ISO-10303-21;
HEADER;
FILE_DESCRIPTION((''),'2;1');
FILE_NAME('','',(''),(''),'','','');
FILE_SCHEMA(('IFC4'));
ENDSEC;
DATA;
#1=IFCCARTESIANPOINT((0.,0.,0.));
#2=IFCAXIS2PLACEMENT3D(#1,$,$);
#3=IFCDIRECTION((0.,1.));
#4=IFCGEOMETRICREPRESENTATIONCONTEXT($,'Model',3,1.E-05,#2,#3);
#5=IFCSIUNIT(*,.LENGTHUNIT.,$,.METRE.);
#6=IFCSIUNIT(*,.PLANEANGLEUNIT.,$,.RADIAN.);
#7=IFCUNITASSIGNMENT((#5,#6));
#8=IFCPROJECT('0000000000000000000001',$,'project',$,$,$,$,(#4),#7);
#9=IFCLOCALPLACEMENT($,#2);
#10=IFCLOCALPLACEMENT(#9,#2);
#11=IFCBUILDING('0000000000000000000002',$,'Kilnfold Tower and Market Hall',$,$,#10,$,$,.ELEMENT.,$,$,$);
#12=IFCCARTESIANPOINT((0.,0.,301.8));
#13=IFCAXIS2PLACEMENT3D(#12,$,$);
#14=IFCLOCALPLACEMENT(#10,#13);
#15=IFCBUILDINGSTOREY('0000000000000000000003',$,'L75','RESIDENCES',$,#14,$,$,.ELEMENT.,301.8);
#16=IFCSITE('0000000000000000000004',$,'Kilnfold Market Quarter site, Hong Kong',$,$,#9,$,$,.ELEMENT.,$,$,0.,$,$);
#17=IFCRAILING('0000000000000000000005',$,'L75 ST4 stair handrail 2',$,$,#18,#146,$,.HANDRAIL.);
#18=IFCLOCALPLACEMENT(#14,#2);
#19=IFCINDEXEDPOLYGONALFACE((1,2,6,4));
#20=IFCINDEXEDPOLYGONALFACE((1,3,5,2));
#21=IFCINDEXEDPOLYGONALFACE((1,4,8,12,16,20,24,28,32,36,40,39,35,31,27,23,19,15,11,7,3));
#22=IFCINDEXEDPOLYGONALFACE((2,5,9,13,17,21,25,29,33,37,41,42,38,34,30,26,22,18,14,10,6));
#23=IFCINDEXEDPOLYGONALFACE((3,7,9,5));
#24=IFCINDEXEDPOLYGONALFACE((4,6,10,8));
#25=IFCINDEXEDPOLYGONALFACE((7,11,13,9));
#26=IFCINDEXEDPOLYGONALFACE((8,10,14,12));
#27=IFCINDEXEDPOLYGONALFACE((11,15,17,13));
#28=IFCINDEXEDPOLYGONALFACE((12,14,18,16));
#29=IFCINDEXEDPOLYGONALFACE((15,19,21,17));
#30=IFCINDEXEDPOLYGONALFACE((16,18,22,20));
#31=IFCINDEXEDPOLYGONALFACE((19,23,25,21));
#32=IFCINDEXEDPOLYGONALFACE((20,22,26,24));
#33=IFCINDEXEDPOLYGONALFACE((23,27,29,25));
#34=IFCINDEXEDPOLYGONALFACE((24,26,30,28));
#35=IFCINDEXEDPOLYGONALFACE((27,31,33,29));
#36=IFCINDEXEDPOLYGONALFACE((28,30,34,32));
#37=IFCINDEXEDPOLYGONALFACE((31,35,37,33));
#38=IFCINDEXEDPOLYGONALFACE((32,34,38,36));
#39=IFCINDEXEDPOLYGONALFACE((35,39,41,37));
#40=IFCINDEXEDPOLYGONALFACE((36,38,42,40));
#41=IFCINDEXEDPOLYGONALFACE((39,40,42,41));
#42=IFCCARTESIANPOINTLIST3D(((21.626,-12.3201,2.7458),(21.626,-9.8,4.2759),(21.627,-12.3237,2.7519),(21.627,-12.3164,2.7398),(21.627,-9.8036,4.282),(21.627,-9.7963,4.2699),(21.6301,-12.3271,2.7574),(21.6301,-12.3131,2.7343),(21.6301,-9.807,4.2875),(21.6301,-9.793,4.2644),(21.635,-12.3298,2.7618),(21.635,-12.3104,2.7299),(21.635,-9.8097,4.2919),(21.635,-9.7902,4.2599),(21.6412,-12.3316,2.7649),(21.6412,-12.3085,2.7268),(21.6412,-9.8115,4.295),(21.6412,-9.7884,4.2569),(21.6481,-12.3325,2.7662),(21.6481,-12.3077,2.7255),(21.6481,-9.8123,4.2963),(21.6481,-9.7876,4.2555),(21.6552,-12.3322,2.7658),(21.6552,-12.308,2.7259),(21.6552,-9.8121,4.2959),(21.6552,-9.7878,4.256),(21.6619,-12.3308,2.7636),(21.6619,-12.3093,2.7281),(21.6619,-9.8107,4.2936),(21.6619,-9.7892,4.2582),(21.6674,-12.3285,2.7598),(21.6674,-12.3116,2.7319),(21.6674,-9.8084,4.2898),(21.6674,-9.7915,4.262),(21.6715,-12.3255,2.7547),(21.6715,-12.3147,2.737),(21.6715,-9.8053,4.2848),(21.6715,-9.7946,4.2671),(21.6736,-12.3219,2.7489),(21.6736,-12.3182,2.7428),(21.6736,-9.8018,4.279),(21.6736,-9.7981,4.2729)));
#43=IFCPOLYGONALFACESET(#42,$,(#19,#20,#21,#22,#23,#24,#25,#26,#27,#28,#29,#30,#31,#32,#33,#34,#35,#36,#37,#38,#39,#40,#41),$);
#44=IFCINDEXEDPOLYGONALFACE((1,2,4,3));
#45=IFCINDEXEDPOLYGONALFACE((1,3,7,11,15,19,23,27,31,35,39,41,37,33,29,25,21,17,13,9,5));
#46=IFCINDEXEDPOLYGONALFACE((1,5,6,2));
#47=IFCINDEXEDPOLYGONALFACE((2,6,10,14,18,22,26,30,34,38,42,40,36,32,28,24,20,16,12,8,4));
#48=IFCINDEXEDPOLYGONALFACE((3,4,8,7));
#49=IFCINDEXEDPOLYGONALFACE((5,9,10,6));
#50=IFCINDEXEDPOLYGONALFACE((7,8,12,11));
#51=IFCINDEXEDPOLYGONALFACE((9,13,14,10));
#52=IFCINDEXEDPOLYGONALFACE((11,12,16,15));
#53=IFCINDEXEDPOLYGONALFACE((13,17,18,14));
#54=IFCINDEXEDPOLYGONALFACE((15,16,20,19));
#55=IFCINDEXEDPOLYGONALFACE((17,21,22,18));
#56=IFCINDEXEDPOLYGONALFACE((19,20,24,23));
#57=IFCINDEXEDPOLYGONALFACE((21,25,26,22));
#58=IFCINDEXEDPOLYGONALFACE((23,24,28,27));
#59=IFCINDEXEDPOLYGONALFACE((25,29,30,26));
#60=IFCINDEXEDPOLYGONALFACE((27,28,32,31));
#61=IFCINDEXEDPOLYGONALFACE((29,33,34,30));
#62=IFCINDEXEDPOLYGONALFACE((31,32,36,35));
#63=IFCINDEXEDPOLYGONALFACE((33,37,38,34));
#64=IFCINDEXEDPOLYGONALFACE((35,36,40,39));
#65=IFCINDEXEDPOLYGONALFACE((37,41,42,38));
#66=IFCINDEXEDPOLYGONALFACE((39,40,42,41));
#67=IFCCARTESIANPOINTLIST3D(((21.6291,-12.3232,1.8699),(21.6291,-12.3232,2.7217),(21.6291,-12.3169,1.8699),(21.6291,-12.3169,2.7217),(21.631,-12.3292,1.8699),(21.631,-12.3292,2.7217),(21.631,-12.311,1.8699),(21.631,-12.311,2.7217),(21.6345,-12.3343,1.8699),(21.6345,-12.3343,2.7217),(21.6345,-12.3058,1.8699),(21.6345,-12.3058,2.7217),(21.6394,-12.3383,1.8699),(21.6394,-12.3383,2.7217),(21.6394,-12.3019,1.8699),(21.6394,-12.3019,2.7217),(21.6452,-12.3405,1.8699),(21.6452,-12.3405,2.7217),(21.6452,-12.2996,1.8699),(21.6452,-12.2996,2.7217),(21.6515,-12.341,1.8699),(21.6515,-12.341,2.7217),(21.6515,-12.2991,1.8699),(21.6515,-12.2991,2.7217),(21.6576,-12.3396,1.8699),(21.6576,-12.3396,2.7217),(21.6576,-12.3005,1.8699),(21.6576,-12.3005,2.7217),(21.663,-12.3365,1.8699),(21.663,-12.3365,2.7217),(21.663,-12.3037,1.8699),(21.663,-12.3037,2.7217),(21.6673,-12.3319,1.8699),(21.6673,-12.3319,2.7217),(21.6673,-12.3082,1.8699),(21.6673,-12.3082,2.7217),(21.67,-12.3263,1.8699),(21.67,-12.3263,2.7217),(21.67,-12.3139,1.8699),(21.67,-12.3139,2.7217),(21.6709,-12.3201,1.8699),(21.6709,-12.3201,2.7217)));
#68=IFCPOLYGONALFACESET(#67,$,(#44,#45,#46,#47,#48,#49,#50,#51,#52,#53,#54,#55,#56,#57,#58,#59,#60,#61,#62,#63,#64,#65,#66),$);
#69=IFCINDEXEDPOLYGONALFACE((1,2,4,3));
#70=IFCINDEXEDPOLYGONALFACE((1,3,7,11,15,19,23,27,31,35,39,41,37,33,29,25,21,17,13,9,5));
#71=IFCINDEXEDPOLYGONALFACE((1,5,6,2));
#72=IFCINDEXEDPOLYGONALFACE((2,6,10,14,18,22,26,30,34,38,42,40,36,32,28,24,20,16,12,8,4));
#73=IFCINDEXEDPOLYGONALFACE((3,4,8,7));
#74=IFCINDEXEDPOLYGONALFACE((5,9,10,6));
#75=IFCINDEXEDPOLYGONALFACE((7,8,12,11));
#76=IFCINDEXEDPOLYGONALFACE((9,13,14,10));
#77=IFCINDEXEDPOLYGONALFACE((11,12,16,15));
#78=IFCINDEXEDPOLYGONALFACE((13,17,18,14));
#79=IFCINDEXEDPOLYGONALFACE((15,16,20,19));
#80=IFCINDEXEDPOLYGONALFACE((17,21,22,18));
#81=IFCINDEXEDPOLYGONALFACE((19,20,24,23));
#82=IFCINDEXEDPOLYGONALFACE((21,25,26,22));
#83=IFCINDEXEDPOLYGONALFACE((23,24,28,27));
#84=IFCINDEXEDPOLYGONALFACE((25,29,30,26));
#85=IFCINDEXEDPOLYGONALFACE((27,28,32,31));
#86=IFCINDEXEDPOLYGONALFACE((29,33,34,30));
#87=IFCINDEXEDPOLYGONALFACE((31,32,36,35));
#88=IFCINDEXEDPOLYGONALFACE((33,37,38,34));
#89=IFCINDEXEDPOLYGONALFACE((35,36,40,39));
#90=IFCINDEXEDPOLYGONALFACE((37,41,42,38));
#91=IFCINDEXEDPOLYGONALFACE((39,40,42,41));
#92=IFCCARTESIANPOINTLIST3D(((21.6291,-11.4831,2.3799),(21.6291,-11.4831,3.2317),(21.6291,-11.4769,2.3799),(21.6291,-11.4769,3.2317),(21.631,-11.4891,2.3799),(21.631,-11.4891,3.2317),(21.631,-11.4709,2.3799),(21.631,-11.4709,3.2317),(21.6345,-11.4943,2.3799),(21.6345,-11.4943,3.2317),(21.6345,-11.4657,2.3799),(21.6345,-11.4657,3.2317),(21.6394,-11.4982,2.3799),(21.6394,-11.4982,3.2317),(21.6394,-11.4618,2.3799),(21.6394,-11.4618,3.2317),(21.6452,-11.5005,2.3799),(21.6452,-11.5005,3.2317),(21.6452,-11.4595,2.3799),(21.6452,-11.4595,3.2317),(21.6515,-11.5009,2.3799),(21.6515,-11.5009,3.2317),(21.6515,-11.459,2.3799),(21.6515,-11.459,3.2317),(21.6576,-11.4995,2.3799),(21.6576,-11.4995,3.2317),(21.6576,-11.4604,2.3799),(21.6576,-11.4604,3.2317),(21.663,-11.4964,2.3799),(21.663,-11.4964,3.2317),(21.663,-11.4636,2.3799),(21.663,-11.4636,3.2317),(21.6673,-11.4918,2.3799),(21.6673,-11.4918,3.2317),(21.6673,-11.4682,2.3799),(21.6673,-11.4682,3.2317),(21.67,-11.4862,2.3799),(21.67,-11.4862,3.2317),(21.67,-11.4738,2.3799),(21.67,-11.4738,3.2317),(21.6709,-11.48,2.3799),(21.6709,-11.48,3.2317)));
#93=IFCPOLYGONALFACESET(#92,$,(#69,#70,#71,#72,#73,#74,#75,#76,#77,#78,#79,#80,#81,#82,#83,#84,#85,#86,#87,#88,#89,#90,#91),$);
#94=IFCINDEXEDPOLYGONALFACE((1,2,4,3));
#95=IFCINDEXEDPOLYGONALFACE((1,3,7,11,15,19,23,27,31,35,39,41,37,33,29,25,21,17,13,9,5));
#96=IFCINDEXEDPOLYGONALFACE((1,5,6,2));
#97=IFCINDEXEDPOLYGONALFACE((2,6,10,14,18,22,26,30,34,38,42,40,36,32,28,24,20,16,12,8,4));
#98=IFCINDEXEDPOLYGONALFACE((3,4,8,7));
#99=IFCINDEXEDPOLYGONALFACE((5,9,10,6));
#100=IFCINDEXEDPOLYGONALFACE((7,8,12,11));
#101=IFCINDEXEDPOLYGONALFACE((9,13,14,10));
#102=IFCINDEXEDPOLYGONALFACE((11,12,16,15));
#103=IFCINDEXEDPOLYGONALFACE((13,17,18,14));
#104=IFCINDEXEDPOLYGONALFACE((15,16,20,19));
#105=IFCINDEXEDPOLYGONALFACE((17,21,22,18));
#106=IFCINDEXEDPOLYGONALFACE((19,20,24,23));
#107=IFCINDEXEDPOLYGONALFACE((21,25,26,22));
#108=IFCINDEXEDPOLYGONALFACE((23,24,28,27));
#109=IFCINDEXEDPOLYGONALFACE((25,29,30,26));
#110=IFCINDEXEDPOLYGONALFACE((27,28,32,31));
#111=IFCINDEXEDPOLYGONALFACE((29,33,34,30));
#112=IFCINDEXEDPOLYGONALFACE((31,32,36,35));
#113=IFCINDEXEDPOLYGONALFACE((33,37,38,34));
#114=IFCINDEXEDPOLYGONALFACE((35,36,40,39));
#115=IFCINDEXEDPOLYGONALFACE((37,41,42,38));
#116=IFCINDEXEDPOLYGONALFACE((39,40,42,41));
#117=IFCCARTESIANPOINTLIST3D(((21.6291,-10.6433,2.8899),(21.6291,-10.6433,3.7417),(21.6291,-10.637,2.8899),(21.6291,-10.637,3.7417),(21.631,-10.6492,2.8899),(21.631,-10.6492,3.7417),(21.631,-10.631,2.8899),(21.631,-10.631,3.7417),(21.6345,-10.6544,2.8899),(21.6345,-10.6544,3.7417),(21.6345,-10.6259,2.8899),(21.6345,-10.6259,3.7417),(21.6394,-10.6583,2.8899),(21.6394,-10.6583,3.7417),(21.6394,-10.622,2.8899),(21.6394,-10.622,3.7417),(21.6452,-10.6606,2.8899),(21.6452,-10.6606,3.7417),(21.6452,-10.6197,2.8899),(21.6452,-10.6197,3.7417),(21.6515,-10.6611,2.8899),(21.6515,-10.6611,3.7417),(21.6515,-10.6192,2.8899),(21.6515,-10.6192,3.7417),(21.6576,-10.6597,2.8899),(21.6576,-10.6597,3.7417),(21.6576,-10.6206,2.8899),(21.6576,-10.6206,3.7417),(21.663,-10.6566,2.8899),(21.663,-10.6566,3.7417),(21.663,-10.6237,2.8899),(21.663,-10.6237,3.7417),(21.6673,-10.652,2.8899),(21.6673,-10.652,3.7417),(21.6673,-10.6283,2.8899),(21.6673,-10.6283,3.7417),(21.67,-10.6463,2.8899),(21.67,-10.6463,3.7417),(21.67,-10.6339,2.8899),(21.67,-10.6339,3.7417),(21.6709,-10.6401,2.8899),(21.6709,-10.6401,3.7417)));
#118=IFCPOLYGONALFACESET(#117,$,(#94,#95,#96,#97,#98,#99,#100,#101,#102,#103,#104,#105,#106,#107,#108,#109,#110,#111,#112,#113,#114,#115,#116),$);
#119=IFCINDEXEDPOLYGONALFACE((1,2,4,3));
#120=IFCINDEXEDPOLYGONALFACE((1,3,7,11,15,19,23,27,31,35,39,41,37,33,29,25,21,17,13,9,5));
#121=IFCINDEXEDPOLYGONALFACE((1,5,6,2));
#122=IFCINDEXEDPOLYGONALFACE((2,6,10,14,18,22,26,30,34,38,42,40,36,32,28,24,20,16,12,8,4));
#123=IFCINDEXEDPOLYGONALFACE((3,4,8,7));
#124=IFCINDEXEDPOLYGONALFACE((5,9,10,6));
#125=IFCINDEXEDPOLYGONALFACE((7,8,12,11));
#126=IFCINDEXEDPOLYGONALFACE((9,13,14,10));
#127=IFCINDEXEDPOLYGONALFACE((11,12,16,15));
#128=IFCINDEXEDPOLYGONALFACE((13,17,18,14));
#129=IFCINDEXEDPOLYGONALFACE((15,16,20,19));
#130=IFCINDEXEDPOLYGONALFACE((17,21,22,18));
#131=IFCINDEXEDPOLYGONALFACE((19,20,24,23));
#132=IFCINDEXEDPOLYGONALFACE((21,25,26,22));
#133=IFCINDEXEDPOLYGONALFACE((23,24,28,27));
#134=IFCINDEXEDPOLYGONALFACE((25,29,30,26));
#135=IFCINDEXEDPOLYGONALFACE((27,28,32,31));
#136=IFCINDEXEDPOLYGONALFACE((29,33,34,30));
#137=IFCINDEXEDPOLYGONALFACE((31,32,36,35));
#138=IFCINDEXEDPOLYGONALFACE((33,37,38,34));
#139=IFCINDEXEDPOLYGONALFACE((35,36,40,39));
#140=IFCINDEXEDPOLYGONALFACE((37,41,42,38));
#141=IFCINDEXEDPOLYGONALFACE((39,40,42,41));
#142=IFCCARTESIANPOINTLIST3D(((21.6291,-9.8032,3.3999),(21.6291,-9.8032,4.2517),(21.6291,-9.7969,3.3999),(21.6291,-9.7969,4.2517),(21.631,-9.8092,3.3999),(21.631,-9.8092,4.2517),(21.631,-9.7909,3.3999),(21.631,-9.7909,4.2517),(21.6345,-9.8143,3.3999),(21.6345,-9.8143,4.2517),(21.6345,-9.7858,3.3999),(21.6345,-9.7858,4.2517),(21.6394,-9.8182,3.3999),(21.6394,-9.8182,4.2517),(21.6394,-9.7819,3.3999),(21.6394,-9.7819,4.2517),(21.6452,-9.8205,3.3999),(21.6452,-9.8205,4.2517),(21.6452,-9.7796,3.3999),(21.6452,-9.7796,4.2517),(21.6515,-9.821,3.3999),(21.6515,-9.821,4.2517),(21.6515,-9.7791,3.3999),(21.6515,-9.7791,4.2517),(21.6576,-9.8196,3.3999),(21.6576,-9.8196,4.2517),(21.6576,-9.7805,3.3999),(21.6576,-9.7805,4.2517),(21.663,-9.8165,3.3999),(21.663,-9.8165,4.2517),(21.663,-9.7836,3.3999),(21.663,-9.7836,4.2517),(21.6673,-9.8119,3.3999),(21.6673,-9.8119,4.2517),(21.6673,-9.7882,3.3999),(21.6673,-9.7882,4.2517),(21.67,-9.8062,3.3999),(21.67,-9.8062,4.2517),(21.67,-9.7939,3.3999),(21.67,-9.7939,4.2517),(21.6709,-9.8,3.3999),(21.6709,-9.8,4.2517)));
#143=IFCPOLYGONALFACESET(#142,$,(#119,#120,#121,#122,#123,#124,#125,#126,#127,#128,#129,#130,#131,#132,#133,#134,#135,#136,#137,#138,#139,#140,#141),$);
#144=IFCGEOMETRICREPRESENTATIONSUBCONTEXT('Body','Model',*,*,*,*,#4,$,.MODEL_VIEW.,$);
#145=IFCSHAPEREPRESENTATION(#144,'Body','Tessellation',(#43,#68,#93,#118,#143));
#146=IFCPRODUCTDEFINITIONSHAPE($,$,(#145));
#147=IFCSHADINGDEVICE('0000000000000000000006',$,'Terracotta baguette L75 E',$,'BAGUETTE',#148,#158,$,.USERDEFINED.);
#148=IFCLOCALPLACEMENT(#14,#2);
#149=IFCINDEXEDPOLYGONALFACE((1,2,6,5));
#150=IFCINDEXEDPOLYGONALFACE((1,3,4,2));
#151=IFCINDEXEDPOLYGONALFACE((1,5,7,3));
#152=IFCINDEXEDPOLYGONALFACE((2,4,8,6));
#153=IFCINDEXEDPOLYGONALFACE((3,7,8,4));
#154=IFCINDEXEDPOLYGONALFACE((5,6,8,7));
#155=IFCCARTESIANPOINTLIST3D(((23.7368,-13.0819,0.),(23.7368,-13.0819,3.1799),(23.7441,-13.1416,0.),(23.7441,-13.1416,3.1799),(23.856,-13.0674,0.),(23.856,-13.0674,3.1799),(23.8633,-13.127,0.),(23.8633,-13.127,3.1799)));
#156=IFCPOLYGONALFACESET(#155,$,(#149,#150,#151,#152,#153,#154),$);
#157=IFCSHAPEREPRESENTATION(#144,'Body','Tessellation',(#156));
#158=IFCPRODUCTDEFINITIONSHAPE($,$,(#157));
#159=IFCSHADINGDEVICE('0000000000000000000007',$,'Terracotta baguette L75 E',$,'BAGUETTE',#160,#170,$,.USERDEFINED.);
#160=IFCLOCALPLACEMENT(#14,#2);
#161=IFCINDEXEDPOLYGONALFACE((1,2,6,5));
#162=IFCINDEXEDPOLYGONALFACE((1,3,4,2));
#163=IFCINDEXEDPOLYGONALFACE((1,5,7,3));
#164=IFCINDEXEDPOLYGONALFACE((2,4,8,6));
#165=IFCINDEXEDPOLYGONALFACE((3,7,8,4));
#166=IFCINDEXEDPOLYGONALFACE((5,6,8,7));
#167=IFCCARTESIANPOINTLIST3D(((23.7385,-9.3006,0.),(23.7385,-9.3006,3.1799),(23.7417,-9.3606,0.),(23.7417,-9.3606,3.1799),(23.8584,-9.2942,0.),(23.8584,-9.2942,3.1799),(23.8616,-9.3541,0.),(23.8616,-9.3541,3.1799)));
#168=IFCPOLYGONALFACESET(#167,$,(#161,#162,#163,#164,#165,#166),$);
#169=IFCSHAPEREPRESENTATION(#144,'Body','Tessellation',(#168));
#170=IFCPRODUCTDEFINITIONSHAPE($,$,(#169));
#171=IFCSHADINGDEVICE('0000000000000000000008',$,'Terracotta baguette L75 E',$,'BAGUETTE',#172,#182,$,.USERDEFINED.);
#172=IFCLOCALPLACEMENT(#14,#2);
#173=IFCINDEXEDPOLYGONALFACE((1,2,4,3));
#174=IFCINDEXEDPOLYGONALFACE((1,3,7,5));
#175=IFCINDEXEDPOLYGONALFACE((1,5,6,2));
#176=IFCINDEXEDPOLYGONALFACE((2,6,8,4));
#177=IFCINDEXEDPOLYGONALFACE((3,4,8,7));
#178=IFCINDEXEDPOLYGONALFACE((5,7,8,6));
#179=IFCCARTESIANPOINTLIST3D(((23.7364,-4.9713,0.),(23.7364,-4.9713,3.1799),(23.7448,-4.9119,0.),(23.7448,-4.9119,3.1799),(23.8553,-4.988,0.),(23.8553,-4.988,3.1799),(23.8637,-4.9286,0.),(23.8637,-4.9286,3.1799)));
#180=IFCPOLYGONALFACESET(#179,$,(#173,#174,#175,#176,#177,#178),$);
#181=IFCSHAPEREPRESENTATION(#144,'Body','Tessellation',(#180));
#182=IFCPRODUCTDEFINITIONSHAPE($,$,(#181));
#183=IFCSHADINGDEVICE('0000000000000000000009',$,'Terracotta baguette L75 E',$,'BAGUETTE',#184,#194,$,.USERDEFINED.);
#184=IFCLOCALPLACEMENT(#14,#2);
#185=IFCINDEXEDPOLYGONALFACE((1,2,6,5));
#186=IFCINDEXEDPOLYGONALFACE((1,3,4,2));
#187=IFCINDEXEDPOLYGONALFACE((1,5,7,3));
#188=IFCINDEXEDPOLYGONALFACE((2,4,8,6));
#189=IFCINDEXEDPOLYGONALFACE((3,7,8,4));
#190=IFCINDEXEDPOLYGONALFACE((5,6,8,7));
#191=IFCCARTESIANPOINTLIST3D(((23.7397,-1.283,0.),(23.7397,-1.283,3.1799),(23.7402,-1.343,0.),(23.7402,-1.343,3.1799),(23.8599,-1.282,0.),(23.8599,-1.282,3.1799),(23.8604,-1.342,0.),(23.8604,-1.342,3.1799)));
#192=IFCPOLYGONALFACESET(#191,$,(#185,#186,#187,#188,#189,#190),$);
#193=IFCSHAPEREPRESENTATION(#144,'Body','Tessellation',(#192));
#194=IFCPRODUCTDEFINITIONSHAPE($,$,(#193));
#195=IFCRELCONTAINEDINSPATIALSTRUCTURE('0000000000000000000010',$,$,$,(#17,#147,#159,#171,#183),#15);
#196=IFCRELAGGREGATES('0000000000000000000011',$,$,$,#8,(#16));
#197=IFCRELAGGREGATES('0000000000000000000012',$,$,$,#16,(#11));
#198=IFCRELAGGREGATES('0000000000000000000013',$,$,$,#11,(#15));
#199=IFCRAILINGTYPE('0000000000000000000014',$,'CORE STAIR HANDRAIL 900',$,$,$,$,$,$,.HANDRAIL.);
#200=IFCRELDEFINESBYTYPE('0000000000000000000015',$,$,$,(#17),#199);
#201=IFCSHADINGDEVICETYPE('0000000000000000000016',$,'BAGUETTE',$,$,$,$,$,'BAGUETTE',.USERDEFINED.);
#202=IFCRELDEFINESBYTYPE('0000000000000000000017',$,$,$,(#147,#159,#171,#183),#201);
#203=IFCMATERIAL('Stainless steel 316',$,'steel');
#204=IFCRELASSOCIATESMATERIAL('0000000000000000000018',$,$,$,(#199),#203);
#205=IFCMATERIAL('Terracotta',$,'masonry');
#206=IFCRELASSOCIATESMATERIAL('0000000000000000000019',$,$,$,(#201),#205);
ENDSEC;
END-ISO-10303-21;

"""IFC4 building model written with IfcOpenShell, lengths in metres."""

from ifc_helpers import new_model, si_unit, direction, frame, origin, origin_2d, place, context, subcontext, project, spatial, rectangle, circle, extrude, source, transform, mapped, material, material_profile, profile_set, type_object, element, save


model = new_model("IFC4")

# Units and contexts
model_context = context("Model", 3, precision=1e-05, world=origin(), true_north=direction((0.0, 1.0)))
body_context = subcontext(model_context, "Body", "Model", "MODEL_VIEW")
ifc_project = project(units=[si_unit("LENGTHUNIT", "METRE"), si_unit("PLANEANGLEUNIT", "RADIAN")], contexts=[model_context])

# Site, building, storey
site_placement = place(None, origin())
site = spatial("IfcSite", under=ifc_project, at=site_placement, Name="Kilnfold Market Quarter site, Hong Kong", CompositionType="ELEMENT", RefElevation=0.0)
building_placement = place(site_placement, origin())
building = spatial("IfcBuilding", under=site, at=building_placement, Name="Kilnfold Tower and Market Hall", CompositionType="ELEMENT")
storey_placement = place(building_placement, frame((0.0, 0.0, 301.8)))
storey = spatial("IfcBuildingStorey", under=building, at=storey_placement, Name="L75", Description="RESIDENCES", CompositionType="ELEMENT", Elevation=301.8)

# Railing
ifc_material_1 = material(Name="Stainless steel 316", Category="steel")
railing_type_1 = type_object("IfcRailingType", Name="CORE STAIR HANDRAIL 900", PredefinedType="HANDRAIL", material=ifc_material_1)
railing_1_placement = place(storey_placement, frame((21.6499, -12.3201, 1.8699)))
element("IfcRailing", 1, at=railing_1_placement, inside=storey, type_object=railing_type_1, Name="L75 ST4 stair handrail 2", PredefinedType="HANDRAIL", context=body_context, shape_type="SweptSolid", body=[
    extrude(circle(Radius=0.0239, at=origin_2d()), frame((0.0, 0.0, 0.876), z_axis=(0.0, 0.854785, 0.518982), x_axis=(-1.0, 0.0, 0.0)), (0.0, 0.0, 1.0), 2.9482),
    extrude(circle(Radius=0.021, at=origin_2d()), origin(), (0.0, 0.0, 1.0), 0.8518),
    extrude(circle(Radius=0.021, at=origin_2d()), frame((0.0, 0.8401, 0.51)), (0.0, 0.0, 1.0), 0.8518),
    extrude(circle(Radius=0.021, at=origin_2d()), frame((0.0, 1.6799, 1.02)), (0.0, 0.0, 1.0), 0.8518),
    extrude(circle(Radius=0.021, at=origin_2d()), frame((0.0, 2.52, 1.53)), (0.0, 0.0, 1.0), 0.8518),
])

# Shading devices
ifc_material_2 = material(Name="Terracotta", Category="masonry")
ifc_material_profile_1 = material_profile(ifc_material_2, rectangle(XDim=0.0601, YDim=0.1201, at=origin_2d()), Name="BAG 60x120")
ifc_profile_set_1 = profile_set([ifc_material_profile_1], Name="Terracotta")
shading_device_type = type_object("IfcShadingDeviceType", Name="BAGUETTE", ElementType="BAGUETTE", PredefinedType="USERDEFINED", material=ifc_profile_set_1)
shared_shape_1 = source(origin(), body_context, "Body", "SweptSolid", [
    extrude(rectangle(XDim=0.0601, YDim=0.1201, at=origin_2d()), origin(), (0.0, 0.0, 1.0), 3.1799),
])
for number, where, z_axis, x_axis, name in (
    (2, (23.8, -13.1045, 0.0), (0.0, 0.0, 1.0), (-0.120809, 0.992676, 0.0), "Terracotta baguette L75 E"),
    (3, (23.8, -9.3274, 0.0), (0.0, 0.0, 1.0), (-0.053901, 0.998546, 0.0), "Terracotta baguette L75 E"),
    (4, (23.8, -4.95, 0.0), (0.0, 0.0, 1.0), (0.139173, 0.990268, 0.0), "Terracotta baguette L75 E"),
    (5, (23.8, -1.3125, 0.0), (0.0, 0.0, 1.0), (-0.00822, 0.999966, 0.0), "Terracotta baguette L75 E"),
):
    element("IfcShadingDevice", number, at=place(storey_placement, frame(where, z_axis=z_axis, x_axis=x_axis)), inside=storey, type_object=shading_device_type, Name=name, ObjectType="BAGUETTE", PredefinedType="USERDEFINED", context=body_context, shape_type="MappedRepresentation", body=[
        mapped(shared_shape_1, transform((0.0, 0.0, 0.0))),
    ])

save(model, "model.ifc")
